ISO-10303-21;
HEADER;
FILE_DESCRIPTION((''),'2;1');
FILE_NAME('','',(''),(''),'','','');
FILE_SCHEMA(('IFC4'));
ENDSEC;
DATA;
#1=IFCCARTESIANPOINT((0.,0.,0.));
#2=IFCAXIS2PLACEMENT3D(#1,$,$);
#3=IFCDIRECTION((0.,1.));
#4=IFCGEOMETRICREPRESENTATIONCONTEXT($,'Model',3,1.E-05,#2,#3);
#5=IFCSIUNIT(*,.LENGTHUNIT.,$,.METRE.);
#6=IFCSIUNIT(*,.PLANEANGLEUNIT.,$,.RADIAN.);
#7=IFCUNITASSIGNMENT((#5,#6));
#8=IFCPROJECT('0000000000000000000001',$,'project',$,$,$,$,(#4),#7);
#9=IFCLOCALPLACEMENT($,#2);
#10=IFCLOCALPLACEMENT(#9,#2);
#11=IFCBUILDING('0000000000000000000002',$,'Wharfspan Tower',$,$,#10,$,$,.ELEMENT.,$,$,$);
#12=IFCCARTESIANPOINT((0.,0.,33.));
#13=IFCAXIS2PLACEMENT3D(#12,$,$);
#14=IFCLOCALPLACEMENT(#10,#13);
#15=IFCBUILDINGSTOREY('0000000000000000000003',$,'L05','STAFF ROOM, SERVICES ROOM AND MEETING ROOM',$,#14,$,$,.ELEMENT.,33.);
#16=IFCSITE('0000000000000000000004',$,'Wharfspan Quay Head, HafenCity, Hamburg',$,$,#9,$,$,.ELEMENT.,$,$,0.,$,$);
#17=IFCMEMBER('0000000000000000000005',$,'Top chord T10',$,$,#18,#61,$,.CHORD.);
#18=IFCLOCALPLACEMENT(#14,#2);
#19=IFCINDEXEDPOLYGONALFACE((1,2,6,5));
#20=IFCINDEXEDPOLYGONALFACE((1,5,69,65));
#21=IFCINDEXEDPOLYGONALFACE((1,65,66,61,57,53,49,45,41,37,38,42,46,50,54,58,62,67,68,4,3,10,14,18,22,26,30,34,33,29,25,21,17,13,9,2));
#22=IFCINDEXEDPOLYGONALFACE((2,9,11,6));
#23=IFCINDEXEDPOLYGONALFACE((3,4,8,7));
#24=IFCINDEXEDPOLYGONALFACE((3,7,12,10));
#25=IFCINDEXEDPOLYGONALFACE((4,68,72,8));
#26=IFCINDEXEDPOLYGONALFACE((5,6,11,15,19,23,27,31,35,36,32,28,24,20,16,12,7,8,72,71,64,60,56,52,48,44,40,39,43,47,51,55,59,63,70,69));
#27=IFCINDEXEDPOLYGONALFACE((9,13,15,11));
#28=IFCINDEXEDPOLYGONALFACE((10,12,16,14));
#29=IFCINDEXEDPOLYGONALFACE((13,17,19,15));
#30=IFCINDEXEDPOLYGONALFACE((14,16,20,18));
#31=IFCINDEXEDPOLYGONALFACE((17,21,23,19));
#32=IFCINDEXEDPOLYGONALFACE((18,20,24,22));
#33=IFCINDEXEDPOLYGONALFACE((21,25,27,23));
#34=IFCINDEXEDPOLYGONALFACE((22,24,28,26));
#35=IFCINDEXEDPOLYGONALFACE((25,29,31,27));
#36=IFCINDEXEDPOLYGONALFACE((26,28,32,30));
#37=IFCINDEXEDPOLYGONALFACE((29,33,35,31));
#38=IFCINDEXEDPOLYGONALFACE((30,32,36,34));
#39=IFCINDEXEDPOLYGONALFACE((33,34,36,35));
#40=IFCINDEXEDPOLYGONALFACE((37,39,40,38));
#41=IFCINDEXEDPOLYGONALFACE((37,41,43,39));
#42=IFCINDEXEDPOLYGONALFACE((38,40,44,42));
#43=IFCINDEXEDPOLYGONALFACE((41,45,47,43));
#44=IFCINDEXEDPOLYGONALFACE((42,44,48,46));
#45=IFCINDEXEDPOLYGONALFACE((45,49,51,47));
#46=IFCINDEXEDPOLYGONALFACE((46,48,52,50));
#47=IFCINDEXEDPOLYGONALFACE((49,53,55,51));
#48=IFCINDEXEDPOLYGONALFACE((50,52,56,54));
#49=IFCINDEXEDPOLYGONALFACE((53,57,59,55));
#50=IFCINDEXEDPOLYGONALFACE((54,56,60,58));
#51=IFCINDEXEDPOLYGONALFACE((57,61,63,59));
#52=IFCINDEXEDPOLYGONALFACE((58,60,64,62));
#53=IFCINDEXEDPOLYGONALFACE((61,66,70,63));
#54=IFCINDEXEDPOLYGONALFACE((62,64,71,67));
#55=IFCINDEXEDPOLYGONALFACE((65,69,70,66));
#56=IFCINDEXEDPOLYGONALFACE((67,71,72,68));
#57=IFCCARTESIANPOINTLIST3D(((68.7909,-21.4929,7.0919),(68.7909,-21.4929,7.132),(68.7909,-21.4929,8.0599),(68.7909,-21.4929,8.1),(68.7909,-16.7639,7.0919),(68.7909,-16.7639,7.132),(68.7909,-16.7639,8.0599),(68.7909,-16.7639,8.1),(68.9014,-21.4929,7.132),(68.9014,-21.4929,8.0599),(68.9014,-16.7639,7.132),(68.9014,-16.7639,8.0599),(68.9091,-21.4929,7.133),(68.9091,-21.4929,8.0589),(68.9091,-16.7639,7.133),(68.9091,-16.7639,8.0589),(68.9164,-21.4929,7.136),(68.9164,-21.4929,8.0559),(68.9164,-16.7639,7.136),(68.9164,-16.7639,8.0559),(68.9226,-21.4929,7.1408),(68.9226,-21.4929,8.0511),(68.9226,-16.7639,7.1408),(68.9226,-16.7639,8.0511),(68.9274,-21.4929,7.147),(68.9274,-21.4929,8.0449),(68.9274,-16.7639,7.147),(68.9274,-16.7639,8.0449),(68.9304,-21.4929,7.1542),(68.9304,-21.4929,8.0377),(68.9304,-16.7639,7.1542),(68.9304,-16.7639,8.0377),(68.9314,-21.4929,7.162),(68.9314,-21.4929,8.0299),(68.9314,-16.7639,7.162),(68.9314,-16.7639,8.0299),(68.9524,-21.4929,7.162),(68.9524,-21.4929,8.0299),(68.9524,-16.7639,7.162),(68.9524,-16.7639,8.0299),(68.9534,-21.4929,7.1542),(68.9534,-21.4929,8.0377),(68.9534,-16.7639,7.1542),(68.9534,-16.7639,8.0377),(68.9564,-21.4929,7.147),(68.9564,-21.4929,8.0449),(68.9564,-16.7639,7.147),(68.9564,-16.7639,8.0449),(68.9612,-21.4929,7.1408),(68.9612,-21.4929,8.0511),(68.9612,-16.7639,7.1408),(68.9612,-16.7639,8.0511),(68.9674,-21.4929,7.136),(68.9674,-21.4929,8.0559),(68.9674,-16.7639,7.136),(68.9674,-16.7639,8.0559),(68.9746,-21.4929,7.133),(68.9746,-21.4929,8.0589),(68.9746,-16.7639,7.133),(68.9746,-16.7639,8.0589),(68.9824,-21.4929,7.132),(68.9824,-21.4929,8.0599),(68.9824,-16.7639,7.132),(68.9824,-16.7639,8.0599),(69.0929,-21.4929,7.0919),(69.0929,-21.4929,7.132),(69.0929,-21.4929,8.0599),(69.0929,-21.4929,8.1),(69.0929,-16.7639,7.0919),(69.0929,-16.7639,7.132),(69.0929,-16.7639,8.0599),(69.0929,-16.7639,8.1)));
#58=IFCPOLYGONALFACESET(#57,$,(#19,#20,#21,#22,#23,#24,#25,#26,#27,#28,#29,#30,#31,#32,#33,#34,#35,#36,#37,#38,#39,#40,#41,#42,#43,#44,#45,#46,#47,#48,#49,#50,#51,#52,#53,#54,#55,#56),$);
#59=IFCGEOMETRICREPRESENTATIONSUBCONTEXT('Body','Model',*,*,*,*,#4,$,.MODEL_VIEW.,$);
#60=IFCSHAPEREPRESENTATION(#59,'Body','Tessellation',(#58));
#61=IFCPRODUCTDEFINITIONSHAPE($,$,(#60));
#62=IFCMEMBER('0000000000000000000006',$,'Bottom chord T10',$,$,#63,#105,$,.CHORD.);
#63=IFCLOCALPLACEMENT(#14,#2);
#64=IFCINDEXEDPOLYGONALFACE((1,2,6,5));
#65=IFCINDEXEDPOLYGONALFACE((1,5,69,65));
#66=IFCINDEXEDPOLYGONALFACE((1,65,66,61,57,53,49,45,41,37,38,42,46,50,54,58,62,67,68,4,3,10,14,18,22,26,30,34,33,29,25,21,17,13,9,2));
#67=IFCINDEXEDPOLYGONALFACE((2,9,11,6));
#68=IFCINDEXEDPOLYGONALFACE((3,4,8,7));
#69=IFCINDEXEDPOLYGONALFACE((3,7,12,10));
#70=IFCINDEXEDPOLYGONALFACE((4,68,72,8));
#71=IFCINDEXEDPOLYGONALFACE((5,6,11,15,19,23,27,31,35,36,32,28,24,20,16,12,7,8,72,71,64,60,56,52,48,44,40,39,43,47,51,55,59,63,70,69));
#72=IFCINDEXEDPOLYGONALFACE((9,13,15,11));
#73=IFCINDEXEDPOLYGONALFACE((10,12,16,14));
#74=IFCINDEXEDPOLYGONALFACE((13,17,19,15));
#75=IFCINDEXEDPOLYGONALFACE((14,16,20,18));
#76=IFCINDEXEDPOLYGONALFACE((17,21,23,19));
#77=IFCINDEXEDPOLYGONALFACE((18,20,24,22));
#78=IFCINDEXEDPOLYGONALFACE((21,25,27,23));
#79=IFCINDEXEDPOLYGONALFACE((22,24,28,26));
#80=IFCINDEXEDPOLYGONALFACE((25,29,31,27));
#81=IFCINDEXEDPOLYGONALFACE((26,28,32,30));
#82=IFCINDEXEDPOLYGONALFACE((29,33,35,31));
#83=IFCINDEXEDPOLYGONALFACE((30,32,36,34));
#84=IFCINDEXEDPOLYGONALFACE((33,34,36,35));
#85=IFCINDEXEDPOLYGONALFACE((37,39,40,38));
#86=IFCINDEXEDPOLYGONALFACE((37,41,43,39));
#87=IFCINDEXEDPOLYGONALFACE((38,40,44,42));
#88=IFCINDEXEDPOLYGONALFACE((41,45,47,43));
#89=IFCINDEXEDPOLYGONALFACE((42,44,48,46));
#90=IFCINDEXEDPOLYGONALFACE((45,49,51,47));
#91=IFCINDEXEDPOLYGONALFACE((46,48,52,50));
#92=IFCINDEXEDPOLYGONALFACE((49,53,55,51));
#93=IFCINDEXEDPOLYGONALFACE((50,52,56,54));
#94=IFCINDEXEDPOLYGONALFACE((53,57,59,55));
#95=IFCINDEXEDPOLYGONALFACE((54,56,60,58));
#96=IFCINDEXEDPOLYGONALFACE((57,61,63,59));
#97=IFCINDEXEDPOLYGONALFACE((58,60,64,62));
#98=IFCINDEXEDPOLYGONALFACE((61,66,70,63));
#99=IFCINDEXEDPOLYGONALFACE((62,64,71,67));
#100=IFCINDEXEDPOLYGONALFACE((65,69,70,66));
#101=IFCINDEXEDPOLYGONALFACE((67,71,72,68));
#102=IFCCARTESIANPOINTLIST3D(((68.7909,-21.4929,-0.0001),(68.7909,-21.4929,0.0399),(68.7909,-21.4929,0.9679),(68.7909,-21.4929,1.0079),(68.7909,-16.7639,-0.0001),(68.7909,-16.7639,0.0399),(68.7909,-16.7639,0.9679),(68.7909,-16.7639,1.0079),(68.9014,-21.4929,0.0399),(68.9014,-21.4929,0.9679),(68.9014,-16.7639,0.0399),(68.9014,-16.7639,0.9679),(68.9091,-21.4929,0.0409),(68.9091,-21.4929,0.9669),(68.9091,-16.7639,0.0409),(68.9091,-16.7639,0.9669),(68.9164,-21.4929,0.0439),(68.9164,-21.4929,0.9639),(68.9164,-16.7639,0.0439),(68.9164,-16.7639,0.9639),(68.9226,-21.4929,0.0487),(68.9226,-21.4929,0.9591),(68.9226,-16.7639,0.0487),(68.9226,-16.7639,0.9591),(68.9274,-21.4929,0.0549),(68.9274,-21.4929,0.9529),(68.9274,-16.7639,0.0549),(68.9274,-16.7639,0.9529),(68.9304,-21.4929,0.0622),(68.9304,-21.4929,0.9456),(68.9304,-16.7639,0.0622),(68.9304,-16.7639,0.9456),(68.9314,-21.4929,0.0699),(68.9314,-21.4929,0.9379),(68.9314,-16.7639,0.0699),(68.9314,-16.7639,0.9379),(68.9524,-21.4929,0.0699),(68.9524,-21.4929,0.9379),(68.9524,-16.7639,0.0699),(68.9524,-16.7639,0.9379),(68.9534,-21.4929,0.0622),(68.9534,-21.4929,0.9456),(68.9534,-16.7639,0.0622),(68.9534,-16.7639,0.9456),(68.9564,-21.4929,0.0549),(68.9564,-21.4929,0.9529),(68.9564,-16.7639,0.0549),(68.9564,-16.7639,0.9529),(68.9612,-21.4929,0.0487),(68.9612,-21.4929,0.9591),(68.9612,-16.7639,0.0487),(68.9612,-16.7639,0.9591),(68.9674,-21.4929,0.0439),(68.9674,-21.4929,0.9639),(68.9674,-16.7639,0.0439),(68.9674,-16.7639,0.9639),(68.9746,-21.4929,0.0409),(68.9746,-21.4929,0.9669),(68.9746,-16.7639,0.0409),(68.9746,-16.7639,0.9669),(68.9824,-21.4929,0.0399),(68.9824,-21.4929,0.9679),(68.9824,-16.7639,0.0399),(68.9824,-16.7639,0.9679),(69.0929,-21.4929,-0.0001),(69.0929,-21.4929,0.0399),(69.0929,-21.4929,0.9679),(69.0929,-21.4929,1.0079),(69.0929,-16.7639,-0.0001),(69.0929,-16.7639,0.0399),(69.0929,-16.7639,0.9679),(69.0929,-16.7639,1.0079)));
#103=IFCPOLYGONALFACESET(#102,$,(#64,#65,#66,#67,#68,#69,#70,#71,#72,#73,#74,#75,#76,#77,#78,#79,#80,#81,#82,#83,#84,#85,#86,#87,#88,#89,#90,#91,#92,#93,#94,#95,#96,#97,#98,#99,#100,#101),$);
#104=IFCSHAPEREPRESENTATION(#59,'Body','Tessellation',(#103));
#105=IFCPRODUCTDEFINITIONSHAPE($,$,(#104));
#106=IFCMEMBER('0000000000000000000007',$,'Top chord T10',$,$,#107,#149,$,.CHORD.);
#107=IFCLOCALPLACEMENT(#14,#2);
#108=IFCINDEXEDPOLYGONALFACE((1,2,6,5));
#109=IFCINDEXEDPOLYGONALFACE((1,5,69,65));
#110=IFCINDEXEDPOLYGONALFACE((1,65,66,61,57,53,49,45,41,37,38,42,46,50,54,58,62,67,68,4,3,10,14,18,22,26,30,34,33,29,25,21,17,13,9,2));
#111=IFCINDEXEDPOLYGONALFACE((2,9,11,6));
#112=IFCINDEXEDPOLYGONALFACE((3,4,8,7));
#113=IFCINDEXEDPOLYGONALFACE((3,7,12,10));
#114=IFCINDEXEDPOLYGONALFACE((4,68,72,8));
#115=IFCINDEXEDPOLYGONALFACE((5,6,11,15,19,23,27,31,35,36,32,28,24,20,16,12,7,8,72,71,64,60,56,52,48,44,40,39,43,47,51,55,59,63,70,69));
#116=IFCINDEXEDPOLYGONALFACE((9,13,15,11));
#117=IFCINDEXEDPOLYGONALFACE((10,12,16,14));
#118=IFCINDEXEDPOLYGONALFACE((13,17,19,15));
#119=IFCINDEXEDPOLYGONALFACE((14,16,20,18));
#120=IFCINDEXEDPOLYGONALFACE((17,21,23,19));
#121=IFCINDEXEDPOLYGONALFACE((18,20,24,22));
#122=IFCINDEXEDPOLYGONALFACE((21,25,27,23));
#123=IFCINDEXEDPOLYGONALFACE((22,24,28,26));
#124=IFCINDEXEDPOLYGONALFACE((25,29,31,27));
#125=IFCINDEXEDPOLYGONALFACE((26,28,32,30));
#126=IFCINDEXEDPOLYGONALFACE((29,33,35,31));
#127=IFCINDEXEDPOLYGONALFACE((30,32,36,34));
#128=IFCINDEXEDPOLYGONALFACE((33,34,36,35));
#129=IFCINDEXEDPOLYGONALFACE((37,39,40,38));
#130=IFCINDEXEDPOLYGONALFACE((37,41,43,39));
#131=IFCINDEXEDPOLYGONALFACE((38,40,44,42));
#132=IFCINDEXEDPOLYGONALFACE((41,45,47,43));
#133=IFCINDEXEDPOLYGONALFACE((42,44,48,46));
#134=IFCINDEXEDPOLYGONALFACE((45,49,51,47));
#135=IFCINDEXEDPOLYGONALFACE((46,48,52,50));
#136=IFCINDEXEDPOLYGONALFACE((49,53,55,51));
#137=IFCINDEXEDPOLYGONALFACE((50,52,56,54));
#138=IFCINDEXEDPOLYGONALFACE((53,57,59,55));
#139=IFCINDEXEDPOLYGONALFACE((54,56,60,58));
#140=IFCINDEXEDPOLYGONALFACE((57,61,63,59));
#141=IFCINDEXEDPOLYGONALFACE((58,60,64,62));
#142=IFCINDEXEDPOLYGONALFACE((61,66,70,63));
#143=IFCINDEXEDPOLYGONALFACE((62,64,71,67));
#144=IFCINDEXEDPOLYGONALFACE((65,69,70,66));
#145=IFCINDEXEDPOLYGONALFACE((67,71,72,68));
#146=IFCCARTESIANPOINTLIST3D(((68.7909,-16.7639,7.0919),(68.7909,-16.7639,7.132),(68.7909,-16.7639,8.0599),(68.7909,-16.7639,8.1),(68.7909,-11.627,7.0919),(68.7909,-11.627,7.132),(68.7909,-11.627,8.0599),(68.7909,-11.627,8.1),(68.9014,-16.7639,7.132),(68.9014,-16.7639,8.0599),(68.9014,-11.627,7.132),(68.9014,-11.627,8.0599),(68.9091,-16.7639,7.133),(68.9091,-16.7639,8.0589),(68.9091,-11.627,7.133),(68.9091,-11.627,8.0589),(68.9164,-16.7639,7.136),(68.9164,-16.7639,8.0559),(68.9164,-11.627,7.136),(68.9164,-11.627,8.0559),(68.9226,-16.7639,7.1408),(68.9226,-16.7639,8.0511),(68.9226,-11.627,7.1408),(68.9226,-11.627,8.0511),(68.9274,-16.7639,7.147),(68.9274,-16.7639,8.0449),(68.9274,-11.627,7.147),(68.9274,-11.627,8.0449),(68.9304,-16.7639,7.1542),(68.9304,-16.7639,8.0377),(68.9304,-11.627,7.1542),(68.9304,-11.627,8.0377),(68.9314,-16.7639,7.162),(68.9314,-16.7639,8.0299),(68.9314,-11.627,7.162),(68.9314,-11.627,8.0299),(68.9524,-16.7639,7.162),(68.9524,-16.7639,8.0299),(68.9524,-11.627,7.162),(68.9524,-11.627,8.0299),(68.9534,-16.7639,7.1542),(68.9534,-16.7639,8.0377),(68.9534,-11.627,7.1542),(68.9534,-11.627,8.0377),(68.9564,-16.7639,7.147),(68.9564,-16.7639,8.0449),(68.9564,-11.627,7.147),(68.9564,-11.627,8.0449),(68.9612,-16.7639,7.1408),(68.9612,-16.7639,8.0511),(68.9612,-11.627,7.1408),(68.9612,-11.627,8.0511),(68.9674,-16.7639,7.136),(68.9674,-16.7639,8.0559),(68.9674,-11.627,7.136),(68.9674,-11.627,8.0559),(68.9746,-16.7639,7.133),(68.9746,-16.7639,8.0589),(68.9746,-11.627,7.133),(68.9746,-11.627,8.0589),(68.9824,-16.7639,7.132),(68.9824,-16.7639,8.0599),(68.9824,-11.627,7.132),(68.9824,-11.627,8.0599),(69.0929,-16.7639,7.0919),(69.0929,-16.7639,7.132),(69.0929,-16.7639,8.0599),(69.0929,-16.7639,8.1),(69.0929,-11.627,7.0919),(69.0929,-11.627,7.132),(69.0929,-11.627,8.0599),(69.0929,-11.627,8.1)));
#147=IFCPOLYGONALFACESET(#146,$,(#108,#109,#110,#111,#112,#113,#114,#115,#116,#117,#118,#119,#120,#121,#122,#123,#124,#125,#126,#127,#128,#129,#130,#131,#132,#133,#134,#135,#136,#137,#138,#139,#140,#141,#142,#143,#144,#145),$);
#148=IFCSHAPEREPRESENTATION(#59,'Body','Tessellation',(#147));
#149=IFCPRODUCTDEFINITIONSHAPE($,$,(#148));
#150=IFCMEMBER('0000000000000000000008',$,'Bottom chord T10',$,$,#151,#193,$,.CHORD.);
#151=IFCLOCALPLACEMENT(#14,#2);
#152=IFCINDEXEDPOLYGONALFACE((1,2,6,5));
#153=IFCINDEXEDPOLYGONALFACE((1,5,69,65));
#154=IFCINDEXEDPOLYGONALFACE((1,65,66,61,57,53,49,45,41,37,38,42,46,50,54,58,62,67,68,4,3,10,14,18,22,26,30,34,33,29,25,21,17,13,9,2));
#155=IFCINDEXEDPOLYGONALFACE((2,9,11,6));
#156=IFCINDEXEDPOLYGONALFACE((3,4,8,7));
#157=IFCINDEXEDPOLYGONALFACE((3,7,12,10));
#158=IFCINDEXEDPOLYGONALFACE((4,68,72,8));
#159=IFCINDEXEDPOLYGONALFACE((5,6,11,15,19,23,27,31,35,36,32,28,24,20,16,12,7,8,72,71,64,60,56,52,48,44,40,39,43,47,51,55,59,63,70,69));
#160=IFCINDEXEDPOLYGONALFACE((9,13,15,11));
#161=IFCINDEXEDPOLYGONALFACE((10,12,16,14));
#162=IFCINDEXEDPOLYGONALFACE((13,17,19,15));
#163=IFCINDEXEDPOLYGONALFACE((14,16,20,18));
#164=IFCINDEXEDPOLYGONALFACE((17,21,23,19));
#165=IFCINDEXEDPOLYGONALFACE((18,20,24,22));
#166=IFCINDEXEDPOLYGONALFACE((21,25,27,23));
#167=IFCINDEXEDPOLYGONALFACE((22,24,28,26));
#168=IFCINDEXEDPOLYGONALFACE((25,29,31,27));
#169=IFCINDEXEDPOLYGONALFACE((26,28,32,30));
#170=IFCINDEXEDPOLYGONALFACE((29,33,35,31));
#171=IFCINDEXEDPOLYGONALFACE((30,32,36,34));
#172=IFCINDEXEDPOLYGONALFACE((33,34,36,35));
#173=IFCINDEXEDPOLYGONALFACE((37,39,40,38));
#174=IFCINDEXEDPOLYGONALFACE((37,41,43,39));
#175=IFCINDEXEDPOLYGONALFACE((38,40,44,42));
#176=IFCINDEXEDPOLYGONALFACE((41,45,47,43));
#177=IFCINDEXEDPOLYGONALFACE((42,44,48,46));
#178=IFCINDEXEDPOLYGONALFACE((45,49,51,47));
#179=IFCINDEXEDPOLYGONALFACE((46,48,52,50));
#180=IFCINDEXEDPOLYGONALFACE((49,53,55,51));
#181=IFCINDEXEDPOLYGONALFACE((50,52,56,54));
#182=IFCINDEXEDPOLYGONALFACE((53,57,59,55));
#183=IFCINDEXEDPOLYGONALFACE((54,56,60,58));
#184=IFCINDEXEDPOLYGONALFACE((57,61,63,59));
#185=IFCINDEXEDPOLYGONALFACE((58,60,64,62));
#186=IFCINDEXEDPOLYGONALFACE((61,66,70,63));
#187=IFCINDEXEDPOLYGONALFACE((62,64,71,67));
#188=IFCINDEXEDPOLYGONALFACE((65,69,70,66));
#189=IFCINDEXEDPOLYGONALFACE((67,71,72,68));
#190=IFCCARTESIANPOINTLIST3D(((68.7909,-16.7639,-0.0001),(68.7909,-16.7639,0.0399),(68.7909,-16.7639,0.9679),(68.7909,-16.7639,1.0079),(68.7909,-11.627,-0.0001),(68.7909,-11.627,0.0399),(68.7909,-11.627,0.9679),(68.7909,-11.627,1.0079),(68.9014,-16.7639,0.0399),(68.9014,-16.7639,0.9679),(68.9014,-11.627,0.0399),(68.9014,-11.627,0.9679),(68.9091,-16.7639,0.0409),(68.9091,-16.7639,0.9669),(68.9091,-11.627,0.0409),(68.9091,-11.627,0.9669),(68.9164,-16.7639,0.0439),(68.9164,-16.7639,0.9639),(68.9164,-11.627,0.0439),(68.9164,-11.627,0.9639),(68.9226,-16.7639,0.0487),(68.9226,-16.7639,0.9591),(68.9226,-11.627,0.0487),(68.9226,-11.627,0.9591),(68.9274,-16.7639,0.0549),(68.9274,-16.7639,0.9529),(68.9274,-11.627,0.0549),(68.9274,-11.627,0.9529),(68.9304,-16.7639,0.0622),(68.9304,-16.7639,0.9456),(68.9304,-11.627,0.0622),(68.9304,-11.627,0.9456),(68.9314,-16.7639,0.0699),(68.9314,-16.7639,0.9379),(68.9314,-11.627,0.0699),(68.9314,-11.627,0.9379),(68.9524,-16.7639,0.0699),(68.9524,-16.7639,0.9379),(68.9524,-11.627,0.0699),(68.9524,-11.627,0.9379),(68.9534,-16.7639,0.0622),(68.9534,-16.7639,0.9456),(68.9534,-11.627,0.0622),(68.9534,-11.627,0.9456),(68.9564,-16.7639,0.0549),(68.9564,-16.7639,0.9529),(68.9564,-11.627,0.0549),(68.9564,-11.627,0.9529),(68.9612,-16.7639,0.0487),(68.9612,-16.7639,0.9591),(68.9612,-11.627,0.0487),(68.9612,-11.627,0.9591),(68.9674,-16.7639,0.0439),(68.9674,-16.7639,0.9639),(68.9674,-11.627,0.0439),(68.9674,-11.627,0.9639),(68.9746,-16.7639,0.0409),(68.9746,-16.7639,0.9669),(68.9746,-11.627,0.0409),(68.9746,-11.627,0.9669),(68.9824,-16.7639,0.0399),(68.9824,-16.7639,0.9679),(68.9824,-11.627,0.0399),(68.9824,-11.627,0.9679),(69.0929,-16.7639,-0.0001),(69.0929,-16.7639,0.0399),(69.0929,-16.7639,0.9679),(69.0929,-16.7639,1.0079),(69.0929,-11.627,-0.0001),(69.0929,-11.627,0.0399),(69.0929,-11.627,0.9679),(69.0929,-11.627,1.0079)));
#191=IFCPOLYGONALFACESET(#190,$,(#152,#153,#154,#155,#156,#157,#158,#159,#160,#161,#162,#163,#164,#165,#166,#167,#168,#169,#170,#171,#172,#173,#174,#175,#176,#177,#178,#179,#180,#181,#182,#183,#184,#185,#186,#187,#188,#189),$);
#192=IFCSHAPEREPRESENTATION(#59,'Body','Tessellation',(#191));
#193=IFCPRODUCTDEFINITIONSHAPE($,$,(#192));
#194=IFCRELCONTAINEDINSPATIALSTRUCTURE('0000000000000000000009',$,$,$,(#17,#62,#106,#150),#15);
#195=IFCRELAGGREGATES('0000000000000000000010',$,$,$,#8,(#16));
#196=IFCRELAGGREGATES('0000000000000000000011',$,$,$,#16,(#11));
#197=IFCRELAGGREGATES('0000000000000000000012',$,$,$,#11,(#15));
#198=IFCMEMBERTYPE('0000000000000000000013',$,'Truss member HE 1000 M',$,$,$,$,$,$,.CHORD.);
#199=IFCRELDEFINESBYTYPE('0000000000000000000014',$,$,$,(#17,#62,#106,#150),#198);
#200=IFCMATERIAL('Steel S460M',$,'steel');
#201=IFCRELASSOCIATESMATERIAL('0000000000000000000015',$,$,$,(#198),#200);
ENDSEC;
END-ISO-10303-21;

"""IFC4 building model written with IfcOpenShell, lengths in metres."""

from ifc_helpers import new_model, si_unit, direction, frame, origin, origin_2d, place, context, subcontext, project, spatial, i_section, extrude, material, material_profile, profile_set, type_object, element, save


model = new_model("IFC4")

# Units and contexts
model_context = context("Model", 3, precision=1e-05, world=origin(), true_north=direction((0.0, 1.0)))
body_context = subcontext(model_context, "Body", "Model", "MODEL_VIEW")
ifc_project = project(units=[si_unit("LENGTHUNIT", "METRE"), si_unit("PLANEANGLEUNIT", "RADIAN")], contexts=[model_context])

# Site, building, storey
site_placement = place(None, origin())
site = spatial("IfcSite", under=ifc_project, at=site_placement, Name="Wharfspan Quay Head, HafenCity, Hamburg", CompositionType="ELEMENT", RefElevation=0.0)
building_placement = place(site_placement, origin())
building = spatial("IfcBuilding", under=site, at=building_placement, Name="Wharfspan Tower", CompositionType="ELEMENT")
storey_placement = place(building_placement, frame((0.0, 0.0, 33.0)))
storey = spatial("IfcBuildingStorey", under=building, at=storey_placement, Name="L05", Description="STAFF ROOM, SERVICES ROOM AND MEETING ROOM", CompositionType="ELEMENT", Elevation=33.0)

# Members
ifc_material_1 = material(Name="Steel S460M", Category="steel")
ifc_material_profile_1 = material_profile(ifc_material_1, i_section(OverallWidth=0.302, OverallDepth=1.0081, WebThickness=0.021, FlangeThickness=0.04, FilletRadius=0.03, at=origin_2d()))
ifc_profile_set_1 = profile_set([ifc_material_profile_1], Name="Steel S460M")
member_type_1 = type_object("IfcMemberType", Name="Truss member HE 1000 M", PredefinedType="CHORD", material=ifc_profile_set_1)
for number, where, z_axis, x_axis, name in (
    (1, (68.9419, -21.4929, 7.5959), (0.0, 1.0, 0.0), (-1.0, 0.0, 0.0), "Top chord T10"),
    (2, (68.9419, -21.4929, 0.5039), (0.0, 1.0, 0.0), (-1.0, 0.0, 0.0), "Bottom chord T10"),
):
    element("IfcMember", number, at=place(storey_placement, frame(where, z_axis=z_axis, x_axis=x_axis)), inside=storey, type_object=member_type_1, Name=name, PredefinedType="CHORD", context=body_context, shape_type="SweptSolid", body=[
        extrude(i_section(OverallWidth=0.302, OverallDepth=1.0081, WebThickness=0.021, FlangeThickness=0.04, FilletRadius=0.03, at=origin_2d()), origin(), (0.0, 0.0, 1.0), 4.729),
    ])
for number, where, z_axis, x_axis, name in (
    (3, (68.9419, -16.7639, 7.5959), (0.0, 1.0, 0.0), (-1.0, 0.0, 0.0), "Top chord T10"),
    (4, (68.9419, -16.7639, 0.5039), (0.0, 1.0, 0.0), (-1.0, 0.0, 0.0), "Bottom chord T10"),
):
    element("IfcMember", number, at=place(storey_placement, frame(where, z_axis=z_axis, x_axis=x_axis)), inside=storey, type_object=member_type_1, Name=name, PredefinedType="CHORD", context=body_context, shape_type="SweptSolid", body=[
        extrude(i_section(OverallWidth=0.302, OverallDepth=1.0081, WebThickness=0.021, FlangeThickness=0.04, FilletRadius=0.03, at=origin_2d()), origin(), (0.0, 0.0, 1.0), 5.137),
    ])

save(model, "model.ifc")
